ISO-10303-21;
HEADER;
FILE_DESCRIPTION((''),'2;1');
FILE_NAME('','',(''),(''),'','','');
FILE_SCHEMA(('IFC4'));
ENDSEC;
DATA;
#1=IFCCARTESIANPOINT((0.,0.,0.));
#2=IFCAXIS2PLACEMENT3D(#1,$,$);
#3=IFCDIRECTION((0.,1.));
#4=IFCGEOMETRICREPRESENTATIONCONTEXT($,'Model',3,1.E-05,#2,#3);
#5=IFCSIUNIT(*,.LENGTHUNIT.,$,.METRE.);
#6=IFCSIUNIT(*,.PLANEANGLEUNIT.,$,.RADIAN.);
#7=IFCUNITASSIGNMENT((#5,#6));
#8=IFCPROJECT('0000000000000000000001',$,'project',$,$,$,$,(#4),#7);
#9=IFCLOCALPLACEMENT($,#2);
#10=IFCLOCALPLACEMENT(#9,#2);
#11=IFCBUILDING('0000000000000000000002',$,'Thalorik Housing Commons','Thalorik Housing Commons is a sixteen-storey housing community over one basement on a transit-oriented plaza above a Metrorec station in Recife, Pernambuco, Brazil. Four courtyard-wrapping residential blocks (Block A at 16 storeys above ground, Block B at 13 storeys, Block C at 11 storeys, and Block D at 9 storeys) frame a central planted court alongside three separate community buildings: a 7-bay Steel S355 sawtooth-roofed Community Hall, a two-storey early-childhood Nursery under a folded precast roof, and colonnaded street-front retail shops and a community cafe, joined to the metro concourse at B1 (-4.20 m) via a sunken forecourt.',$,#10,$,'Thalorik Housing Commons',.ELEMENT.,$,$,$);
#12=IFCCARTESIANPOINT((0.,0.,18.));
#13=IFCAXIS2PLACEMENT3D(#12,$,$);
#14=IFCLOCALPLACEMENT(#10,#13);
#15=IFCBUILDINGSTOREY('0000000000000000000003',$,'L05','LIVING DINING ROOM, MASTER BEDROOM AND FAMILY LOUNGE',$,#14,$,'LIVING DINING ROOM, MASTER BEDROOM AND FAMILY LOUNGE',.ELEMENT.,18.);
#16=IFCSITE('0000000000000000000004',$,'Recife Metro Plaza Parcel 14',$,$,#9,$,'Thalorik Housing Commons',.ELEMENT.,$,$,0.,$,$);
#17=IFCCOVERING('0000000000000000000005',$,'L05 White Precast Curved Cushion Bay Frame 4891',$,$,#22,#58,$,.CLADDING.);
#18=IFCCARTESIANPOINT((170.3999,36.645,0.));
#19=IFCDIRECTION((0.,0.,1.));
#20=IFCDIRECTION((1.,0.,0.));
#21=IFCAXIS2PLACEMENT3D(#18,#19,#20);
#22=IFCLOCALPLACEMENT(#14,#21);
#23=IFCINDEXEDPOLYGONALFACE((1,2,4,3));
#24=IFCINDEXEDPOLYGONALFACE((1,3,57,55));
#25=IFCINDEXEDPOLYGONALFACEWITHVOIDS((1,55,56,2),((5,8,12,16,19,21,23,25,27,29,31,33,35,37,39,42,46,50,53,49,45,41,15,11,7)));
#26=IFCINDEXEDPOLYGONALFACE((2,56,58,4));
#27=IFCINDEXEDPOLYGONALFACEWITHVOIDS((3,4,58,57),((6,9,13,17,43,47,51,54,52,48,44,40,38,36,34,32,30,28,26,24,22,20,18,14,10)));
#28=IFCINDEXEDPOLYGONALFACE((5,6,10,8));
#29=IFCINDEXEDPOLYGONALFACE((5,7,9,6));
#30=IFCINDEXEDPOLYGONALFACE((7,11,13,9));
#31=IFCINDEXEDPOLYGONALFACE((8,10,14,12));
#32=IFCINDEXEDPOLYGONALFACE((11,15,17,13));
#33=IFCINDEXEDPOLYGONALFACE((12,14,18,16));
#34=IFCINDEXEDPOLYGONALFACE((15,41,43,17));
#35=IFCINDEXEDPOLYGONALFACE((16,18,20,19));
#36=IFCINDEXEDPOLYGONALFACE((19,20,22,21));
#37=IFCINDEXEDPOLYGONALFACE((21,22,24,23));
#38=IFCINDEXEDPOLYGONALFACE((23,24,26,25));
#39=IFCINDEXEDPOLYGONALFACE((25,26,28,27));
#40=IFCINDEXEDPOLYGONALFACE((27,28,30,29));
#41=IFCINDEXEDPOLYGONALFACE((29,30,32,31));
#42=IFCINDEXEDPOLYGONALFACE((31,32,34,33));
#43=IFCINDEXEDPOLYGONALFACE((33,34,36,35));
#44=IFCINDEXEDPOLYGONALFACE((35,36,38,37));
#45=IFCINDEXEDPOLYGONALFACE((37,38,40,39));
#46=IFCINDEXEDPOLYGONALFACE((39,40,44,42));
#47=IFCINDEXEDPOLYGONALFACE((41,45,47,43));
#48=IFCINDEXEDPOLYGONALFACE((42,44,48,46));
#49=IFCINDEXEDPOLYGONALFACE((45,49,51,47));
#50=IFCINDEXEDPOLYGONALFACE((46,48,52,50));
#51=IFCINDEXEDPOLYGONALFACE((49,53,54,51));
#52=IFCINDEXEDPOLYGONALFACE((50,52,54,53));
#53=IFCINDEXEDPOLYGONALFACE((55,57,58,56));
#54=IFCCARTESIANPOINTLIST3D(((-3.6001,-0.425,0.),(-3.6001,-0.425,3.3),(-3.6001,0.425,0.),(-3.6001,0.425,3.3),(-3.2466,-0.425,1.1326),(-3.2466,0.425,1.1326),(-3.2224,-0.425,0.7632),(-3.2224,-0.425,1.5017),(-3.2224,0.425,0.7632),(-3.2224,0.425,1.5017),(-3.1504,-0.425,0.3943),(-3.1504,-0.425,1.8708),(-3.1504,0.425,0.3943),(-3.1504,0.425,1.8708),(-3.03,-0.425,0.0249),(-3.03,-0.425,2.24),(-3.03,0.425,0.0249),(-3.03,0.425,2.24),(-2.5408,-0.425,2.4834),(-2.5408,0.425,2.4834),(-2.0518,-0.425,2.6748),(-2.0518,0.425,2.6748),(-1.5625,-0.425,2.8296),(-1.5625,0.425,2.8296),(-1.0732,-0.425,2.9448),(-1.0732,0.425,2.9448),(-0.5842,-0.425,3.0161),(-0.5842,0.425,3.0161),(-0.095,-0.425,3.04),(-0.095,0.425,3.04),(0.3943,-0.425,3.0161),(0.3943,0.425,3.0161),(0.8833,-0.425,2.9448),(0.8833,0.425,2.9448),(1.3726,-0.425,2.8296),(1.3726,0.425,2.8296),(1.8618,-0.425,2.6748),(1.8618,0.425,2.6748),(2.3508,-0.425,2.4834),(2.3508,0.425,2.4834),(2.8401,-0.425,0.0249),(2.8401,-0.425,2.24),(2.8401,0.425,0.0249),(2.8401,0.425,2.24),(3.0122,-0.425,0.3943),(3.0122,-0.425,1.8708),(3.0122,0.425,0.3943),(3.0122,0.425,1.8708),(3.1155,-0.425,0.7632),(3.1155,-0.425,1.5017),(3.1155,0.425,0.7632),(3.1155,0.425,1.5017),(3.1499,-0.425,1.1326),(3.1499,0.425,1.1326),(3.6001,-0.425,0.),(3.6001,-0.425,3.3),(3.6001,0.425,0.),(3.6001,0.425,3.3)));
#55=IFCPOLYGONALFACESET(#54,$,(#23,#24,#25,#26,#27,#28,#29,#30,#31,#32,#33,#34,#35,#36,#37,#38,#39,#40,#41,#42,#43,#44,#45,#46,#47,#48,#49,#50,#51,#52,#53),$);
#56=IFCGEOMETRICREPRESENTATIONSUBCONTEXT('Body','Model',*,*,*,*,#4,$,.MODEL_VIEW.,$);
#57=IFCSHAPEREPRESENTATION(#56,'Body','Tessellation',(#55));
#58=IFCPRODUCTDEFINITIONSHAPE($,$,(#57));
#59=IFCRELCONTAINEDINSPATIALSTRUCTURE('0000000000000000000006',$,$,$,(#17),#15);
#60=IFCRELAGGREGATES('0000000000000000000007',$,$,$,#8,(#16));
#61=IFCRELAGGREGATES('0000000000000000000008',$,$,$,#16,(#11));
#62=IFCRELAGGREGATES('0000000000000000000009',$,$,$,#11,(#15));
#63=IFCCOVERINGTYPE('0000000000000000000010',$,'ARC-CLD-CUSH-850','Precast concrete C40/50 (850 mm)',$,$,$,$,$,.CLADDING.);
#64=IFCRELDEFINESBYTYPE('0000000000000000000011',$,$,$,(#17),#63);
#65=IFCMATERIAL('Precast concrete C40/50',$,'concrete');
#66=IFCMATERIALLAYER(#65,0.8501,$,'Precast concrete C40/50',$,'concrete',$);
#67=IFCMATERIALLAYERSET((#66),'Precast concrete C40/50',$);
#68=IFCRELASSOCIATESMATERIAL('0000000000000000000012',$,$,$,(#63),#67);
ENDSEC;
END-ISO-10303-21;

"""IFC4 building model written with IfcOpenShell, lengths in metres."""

from ifc_helpers import new_model, si_unit, direction, frame, origin, place, context, subcontext, project, spatial, polyline, outline, extrude, material, layer, layer_set, type_object, element, save


model = new_model("IFC4")

# Units and contexts
model_context = context("Model", 3, precision=1e-05, world=origin(), true_north=direction((0.0, 1.0)))
body_context = subcontext(model_context, "Body", "Model", "MODEL_VIEW")
ifc_project = project(units=[si_unit("LENGTHUNIT", "METRE"), si_unit("PLANEANGLEUNIT", "RADIAN")], contexts=[model_context])

# Site, building, storey
site_placement = place(None, origin())
site = spatial("IfcSite", under=ifc_project, at=site_placement, Name="Recife Metro Plaza Parcel 14", LongName="Thalorik Housing Commons", CompositionType="ELEMENT", RefElevation=0.0)
building_placement = place(site_placement, origin())
building = spatial("IfcBuilding", under=site, at=building_placement, Name="Thalorik Housing Commons", Description="Thalorik Housing Commons is a sixteen-storey housing community over one basement on a transit-oriented plaza above a Metrorec station in Recife, Pernambuco, Brazil. Four courtyard-wrapping residential blocks (Block A at 16 storeys above ground, Block B at 13 storeys, Block C at 11 storeys, and Block D at 9 storeys) frame a central planted court alongside three separate community buildings: a 7-bay Steel S355 sawtooth-roofed Community Hall, a two-storey early-childhood Nursery under a folded precast roof, and colonnaded street-front retail shops and a community cafe, joined to the metro concourse at B1 (-4.20 m) via a sunken forecourt.", LongName="Thalorik Housing Commons", CompositionType="ELEMENT")
storey_placement = place(building_placement, frame((0.0, 0.0, 18.0)))
storey = spatial("IfcBuildingStorey", under=building, at=storey_placement, Name="L05", Description="LIVING DINING ROOM, MASTER BEDROOM AND FAMILY LOUNGE", LongName="LIVING DINING ROOM, MASTER BEDROOM AND FAMILY LOUNGE", CompositionType="ELEMENT", Elevation=18.0)

# Shared definitions
ifc_material_1 = material(Name="Precast concrete C40/50", Category="concrete")

# Covering
ifc_layer_1 = layer(ifc_material_1, 0.8501, Name="Precast concrete C40/50", Category="concrete")
ifc_layer_set_1 = layer_set([ifc_layer_1], Name="Precast concrete C40/50")
covering_type_1 = type_object("IfcCoveringType", Name="ARC-CLD-CUSH-850", Description="Precast concrete C40/50 (850 mm)", PredefinedType="CLADDING", material=ifc_layer_set_1)
covering_1_placement = place(storey_placement, frame((170.3999, 36.645, 0.0), z_axis=(0.0, 0.0, 1.0), x_axis=(1.0, 0.0, 0.0)))
element("IfcCovering", 1, at=covering_1_placement, inside=storey, type_object=covering_type_1, Name="L05 White Precast Curved Cushion Bay Frame 4891", PredefinedType="CLADDING", context=body_context, shape_type="SweptSolid", body=[
    extrude(outline(polyline([(-3.6001, 0.0), (3.6001, 0.0), (3.6001, 3.3), (-3.6001, 3.3), (-3.6001, 0.0)]), holes=[polyline([(2.8401, 0.0249), (3.0122, 0.3943), (3.1155, 0.7632), (3.1499, 1.1326), (3.1155, 1.5017), (3.0122, 1.8708), (2.8401, 2.24), (2.3508, 2.4834), (1.8618, 2.6748), (1.3726, 2.8296), (0.8833, 2.9448), (0.3943, 3.0161), (-0.095, 3.04), (-0.5842, 3.0161), (-1.0732, 2.9448), (-1.5625, 2.8296), (-2.0518, 2.6748), (-2.5408, 2.4834), (-3.03, 2.24), (-3.1504, 1.8708), (-3.2224, 1.5017), (-3.2466, 1.1326), (-3.2224, 0.7632), (-3.1504, 0.3943), (-3.03, 0.0249), (2.8401, 0.0249)])]), frame((0.0, 0.425, 0.0), z_axis=(0.0, -1.0, 0.0), x_axis=(1.0, 0.0, 0.0)), (0.0, 0.0, 1.0), 0.8501),
])

save(model, "model.ifc")
